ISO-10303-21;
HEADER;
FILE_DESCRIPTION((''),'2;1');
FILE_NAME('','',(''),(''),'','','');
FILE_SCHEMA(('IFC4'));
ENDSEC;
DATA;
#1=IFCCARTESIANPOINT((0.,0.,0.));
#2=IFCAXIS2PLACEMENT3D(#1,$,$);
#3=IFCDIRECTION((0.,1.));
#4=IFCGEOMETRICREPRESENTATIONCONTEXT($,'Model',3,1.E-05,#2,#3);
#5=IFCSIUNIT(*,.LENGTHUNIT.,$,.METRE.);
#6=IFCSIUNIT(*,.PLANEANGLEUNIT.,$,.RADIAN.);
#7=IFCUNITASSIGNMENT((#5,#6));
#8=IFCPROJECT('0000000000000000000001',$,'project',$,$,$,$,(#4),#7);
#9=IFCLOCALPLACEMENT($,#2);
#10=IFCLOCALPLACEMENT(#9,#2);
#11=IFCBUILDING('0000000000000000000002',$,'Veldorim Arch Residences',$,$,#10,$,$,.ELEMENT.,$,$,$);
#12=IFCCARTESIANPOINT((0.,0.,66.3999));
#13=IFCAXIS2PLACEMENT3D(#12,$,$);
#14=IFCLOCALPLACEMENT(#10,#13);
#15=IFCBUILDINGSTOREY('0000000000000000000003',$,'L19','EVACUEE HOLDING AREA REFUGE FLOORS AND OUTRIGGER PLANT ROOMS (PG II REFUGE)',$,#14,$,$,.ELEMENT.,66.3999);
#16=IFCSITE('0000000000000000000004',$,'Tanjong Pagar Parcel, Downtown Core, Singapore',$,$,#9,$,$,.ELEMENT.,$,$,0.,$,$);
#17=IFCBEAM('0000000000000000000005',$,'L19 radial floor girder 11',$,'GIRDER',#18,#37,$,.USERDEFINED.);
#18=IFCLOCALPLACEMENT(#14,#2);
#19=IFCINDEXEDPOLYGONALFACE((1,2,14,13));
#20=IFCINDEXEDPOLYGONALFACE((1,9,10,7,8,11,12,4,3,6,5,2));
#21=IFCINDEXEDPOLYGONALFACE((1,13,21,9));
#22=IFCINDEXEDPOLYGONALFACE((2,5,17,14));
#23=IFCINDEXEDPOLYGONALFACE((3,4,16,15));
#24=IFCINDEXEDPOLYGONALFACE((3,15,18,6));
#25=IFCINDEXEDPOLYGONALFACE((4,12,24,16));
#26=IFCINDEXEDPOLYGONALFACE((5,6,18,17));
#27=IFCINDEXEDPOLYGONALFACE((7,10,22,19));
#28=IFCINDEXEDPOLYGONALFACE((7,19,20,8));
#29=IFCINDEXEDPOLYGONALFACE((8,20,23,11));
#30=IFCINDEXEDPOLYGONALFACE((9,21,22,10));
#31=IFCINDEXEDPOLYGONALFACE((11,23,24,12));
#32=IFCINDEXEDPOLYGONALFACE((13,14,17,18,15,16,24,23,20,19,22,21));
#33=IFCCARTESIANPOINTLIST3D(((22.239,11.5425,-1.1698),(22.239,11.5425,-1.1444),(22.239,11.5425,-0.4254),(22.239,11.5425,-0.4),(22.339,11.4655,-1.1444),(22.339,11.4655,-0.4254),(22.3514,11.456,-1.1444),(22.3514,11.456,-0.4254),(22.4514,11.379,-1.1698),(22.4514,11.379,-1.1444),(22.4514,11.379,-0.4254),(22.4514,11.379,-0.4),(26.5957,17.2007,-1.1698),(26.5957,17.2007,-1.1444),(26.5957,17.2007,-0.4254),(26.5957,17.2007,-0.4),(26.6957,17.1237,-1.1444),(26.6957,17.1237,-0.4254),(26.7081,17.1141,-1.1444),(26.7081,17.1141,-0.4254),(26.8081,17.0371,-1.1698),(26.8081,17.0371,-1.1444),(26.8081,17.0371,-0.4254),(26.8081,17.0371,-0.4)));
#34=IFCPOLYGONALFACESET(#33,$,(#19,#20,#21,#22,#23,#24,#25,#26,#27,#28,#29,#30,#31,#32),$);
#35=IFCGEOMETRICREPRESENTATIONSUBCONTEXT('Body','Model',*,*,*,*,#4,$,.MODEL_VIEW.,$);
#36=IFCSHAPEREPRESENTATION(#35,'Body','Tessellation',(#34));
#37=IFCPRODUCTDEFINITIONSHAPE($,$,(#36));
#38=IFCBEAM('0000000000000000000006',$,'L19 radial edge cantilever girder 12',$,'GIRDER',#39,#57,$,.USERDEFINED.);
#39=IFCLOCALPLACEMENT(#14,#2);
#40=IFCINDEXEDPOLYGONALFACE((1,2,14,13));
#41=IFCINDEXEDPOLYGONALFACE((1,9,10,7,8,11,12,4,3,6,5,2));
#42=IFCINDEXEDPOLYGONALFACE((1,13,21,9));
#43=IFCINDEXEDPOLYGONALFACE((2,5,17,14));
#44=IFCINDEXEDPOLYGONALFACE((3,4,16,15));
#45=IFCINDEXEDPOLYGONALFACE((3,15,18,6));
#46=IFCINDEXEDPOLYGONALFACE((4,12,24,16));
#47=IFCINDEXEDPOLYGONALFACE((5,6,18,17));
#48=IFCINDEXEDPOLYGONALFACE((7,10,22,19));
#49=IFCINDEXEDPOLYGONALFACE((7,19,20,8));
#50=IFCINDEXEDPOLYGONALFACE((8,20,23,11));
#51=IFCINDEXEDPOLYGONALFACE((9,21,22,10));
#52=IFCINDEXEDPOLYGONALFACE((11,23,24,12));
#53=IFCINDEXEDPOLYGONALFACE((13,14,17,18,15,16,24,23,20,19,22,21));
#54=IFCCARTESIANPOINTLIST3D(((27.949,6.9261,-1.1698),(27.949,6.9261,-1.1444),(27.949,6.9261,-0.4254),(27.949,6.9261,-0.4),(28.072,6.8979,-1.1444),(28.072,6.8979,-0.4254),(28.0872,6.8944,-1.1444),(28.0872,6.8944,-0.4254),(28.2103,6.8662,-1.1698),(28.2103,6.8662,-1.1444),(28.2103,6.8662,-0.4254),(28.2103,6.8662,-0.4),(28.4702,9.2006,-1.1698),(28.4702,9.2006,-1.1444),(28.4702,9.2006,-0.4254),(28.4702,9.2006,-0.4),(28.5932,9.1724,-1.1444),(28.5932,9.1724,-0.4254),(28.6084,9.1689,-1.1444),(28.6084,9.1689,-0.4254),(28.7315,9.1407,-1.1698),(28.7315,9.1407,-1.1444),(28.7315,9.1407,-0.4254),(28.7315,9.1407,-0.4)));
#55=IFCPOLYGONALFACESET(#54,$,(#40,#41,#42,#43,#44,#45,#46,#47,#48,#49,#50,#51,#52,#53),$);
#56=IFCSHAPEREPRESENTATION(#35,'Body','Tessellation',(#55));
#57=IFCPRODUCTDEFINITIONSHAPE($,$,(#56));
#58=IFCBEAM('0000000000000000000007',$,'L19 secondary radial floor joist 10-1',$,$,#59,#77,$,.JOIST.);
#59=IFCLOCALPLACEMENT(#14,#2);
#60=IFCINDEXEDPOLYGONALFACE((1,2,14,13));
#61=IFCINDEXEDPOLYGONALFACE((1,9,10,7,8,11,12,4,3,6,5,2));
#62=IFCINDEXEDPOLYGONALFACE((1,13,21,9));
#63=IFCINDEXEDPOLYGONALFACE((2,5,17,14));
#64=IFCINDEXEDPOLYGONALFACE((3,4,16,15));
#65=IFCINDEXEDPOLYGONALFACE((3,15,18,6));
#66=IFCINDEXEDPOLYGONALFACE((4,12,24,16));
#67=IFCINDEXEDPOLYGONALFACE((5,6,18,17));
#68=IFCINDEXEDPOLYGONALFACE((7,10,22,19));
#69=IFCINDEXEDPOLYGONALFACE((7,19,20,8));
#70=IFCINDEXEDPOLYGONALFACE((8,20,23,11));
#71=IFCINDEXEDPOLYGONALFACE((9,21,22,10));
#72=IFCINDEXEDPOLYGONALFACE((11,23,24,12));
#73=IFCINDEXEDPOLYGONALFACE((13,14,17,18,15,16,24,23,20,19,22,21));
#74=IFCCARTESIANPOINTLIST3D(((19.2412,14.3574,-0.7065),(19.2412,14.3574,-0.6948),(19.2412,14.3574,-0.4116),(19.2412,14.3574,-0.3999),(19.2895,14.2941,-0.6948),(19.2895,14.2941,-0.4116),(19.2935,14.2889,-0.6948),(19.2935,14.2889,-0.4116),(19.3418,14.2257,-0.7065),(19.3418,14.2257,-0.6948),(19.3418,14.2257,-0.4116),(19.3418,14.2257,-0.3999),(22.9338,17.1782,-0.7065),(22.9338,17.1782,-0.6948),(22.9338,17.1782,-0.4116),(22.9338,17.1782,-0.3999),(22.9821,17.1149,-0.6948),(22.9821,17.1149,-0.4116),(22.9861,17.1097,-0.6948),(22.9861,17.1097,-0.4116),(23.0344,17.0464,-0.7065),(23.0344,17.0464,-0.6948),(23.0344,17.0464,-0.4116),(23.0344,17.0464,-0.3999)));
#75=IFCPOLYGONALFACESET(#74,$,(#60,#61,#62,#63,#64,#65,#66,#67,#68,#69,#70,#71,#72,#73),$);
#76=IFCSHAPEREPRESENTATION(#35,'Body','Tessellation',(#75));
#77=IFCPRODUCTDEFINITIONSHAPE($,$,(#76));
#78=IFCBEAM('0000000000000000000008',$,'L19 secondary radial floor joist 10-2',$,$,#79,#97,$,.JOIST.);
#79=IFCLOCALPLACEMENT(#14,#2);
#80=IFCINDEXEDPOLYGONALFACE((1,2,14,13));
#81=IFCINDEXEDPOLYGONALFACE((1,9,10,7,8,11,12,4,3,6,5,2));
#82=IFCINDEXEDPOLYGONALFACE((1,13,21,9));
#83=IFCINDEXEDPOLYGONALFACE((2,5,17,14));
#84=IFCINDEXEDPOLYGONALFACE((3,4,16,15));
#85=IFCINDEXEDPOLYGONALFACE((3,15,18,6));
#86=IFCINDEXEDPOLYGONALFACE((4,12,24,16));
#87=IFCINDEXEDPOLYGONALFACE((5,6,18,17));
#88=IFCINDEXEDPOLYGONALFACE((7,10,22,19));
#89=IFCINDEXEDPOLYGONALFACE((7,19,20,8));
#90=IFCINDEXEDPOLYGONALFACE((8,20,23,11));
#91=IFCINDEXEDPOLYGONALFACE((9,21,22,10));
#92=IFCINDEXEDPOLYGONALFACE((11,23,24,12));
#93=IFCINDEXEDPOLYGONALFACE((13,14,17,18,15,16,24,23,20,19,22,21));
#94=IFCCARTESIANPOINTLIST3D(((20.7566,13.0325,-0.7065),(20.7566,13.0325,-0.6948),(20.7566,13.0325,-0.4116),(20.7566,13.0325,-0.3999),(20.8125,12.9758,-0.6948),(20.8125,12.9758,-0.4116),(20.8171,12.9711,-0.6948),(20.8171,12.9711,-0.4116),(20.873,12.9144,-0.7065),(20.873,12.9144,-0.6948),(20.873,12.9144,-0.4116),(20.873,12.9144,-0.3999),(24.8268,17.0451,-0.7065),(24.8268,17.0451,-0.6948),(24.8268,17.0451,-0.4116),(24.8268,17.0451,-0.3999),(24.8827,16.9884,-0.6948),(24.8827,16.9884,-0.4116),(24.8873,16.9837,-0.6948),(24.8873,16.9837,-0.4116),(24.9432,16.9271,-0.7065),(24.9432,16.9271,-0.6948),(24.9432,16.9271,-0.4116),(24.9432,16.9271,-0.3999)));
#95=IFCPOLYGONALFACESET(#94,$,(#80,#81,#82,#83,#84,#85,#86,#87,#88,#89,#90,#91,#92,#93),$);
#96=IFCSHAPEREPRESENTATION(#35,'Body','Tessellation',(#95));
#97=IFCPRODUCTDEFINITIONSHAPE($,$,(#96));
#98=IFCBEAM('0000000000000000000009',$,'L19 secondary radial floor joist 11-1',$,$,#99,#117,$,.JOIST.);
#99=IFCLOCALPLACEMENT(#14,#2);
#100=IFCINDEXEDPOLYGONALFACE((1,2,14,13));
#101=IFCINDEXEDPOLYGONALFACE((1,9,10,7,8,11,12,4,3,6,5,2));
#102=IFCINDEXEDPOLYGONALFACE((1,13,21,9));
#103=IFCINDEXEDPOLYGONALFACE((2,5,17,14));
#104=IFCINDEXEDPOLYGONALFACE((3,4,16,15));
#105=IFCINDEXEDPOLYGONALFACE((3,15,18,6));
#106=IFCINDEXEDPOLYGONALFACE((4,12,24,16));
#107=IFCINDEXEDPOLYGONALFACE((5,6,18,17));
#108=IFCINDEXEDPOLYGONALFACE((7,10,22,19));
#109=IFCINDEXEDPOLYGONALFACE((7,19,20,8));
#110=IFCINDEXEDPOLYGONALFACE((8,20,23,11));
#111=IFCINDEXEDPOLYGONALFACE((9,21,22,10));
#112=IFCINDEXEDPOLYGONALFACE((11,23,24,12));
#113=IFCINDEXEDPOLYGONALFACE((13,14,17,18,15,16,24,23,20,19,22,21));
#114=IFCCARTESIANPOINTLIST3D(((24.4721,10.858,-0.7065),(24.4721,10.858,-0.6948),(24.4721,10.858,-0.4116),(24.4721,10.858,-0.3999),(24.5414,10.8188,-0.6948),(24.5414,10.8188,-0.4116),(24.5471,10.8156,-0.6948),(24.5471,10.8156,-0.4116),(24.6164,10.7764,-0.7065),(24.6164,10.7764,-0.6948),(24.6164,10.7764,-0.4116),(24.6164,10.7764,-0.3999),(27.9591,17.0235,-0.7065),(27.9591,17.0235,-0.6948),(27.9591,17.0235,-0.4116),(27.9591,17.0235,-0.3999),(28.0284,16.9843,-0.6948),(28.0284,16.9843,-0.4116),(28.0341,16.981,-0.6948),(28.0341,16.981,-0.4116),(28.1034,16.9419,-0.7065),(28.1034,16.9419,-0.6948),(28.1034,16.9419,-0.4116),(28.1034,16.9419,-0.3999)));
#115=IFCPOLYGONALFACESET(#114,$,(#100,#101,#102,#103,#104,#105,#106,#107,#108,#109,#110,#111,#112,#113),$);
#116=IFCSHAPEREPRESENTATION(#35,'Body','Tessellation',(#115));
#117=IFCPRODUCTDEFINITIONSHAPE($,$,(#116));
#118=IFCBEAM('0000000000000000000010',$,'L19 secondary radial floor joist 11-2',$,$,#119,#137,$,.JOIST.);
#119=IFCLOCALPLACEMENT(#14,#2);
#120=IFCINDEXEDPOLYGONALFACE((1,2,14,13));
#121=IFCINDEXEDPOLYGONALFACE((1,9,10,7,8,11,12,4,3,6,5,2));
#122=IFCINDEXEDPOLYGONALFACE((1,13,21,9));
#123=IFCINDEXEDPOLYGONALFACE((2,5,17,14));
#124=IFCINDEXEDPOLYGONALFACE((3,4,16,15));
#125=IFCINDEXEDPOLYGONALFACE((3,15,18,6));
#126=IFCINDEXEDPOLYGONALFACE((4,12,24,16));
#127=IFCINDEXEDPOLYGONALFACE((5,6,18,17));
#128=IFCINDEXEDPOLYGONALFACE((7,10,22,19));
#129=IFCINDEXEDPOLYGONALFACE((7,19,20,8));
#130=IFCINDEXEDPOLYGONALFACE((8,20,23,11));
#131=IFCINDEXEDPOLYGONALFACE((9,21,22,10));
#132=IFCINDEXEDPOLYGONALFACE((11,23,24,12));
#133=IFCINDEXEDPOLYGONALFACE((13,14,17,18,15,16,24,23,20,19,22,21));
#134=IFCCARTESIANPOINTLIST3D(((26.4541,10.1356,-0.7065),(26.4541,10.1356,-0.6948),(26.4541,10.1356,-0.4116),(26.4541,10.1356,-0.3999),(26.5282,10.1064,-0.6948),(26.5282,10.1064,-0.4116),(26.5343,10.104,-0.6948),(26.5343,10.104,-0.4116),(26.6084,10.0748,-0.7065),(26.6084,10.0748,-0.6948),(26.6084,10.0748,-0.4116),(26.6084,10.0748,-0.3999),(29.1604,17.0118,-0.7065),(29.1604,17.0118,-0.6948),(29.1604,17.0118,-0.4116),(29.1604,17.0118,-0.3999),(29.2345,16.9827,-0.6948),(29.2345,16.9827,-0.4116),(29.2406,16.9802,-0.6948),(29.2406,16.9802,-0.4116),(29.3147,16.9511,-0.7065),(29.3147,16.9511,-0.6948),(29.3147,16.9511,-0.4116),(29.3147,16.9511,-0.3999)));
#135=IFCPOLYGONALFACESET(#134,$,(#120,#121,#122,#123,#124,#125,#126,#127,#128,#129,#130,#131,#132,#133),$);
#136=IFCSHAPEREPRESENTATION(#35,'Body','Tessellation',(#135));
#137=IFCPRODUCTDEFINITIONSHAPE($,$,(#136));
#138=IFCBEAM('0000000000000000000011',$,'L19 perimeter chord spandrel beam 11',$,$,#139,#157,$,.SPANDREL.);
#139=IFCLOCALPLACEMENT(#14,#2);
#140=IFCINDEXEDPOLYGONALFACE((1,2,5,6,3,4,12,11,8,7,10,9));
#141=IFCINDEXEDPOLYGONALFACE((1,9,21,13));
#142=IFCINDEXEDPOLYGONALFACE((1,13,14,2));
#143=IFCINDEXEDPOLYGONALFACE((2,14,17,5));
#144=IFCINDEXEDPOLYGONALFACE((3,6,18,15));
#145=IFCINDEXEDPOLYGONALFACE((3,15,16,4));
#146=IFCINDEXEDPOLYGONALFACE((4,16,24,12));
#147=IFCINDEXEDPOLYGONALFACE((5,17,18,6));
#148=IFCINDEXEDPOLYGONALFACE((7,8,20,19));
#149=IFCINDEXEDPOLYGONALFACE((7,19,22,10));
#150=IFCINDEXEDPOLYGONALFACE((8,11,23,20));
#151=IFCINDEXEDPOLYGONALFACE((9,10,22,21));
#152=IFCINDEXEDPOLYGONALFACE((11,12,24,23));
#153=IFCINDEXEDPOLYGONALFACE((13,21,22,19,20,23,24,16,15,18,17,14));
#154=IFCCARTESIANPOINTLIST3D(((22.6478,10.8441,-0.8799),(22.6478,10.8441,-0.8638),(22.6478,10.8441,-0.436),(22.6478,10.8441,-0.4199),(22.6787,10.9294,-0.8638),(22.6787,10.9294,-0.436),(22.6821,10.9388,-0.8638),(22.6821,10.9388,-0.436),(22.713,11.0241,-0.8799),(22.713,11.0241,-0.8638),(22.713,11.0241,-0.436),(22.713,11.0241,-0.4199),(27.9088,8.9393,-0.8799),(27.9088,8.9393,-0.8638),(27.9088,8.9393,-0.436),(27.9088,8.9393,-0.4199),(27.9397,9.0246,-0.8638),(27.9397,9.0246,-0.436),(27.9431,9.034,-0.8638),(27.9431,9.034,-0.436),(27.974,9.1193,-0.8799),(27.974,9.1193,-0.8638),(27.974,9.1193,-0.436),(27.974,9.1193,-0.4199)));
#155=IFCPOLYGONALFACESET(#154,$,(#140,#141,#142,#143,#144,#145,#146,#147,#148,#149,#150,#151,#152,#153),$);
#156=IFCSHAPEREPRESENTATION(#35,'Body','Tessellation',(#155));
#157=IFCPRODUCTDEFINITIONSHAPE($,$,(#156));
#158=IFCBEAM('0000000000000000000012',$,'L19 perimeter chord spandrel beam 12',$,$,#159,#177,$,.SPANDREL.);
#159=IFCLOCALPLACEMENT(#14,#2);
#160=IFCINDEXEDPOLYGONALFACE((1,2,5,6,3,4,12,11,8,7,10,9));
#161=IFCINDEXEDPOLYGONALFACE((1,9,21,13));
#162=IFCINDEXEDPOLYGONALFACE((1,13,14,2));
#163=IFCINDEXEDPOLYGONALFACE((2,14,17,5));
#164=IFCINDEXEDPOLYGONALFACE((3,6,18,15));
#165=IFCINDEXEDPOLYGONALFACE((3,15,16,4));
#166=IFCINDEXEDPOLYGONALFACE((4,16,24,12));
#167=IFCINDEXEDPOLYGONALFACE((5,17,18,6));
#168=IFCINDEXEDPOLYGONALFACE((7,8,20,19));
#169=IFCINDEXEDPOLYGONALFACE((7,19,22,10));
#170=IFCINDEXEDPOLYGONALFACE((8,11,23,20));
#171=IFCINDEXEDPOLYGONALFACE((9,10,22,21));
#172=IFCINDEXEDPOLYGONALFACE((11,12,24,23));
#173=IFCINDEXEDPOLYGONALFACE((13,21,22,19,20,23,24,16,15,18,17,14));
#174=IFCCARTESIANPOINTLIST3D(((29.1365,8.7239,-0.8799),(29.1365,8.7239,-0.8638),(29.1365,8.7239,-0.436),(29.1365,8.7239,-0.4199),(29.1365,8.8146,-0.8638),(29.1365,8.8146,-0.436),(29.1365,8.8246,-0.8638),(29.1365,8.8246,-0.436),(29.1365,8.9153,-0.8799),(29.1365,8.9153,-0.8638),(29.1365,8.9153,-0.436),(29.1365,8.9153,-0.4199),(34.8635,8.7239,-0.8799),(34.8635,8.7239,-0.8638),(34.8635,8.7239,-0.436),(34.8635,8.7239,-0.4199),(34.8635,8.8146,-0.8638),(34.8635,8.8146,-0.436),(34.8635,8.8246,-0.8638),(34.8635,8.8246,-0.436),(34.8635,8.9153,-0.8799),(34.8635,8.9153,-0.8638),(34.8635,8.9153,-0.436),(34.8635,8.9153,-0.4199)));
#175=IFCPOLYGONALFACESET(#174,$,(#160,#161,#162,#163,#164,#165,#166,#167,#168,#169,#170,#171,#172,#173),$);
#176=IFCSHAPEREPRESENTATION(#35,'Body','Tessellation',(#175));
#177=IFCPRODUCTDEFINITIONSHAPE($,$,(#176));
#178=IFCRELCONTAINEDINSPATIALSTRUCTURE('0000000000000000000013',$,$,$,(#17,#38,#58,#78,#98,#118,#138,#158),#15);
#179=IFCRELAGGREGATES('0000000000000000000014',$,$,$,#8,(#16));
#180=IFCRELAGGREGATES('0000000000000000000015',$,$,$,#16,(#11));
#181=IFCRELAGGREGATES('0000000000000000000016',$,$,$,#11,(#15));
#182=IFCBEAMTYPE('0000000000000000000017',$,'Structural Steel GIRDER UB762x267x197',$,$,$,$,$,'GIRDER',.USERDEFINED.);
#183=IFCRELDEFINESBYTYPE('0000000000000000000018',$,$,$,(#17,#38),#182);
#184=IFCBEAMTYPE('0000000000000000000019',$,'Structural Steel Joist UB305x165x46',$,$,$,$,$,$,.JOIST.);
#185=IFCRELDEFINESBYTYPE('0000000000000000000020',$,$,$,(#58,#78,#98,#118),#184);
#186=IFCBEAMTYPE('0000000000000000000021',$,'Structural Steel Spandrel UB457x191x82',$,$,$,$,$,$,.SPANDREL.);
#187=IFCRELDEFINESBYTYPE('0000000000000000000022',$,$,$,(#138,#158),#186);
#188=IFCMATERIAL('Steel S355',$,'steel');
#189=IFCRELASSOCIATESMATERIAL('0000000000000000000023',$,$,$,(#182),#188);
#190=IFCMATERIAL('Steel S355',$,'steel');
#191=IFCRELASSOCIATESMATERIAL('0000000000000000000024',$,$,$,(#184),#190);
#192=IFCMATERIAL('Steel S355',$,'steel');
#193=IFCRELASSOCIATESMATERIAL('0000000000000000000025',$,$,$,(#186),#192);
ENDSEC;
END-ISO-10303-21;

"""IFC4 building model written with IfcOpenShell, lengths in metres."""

from ifc_helpers import new_model, si_unit, direction, frame, origin, origin_2d, place, context, subcontext, project, spatial, i_section, extrude, material, material_profile, profile_set, type_object, element, save


model = new_model("IFC4")

# Units and contexts
model_context = context("Model", 3, precision=1e-05, world=origin(), true_north=direction((0.0, 1.0)))
body_context = subcontext(model_context, "Body", "Model", "MODEL_VIEW")
ifc_project = project(units=[si_unit("LENGTHUNIT", "METRE"), si_unit("PLANEANGLEUNIT", "RADIAN")], contexts=[model_context])

# Site, building, storey
site_placement = place(None, origin())
site = spatial("IfcSite", under=ifc_project, at=site_placement, Name="Tanjong Pagar Parcel, Downtown Core, Singapore", CompositionType="ELEMENT", RefElevation=0.0)
building_placement = place(site_placement, origin())
building = spatial("IfcBuilding", under=site, at=building_placement, Name="Veldorim Arch Residences", CompositionType="ELEMENT")
storey_placement = place(building_placement, frame((0.0, 0.0, 66.3999)))
storey = spatial("IfcBuildingStorey", under=building, at=storey_placement, Name="L19", Description="EVACUEE HOLDING AREA REFUGE FLOORS AND OUTRIGGER PLANT ROOMS (PG II REFUGE)", CompositionType="ELEMENT", Elevation=66.3999)

# Beams
ifc_material_1 = material(Name="Steel S355", Category="steel")
ifc_material_profile_1 = material_profile(ifc_material_1, i_section(OverallWidth=0.2681, OverallDepth=0.7698, WebThickness=0.0156, FlangeThickness=0.0254, at=origin_2d()), Name="UB762x267x197")
ifc_profile_set_1 = profile_set([ifc_material_profile_1], Name="Steel S355")
beam_type_1 = type_object("IfcBeamType", Name="Structural Steel GIRDER UB762x267x197", ElementType="GIRDER", PredefinedType="USERDEFINED", material=ifc_profile_set_1)
beam_1_placement = place(storey_placement, frame((26.7019, 17.1189, -0.7849), z_axis=(-0.610082, -0.792338, 0.0), x_axis=(0.792338, -0.610082, 0.0)))
element("IfcBeam", 1, at=beam_1_placement, inside=storey, type_object=beam_type_1, Name="L19 radial floor girder 11", ObjectType="GIRDER", PredefinedType="USERDEFINED", context=body_context, shape_type="SweptSolid", body=[
    extrude(i_section(OverallWidth=0.2681, OverallDepth=0.7698, WebThickness=0.0156, FlangeThickness=0.0254, at=origin_2d()), origin(), (0.0, 0.0, 1.0), 7.1411),
])
beam_2_placement = place(storey_placement, frame((28.6008, 9.1707, -0.7849), z_axis=(-0.223362, -0.974736, 0.0), x_axis=(0.974736, -0.223362, 0.0)))
element("IfcBeam", 2, at=beam_2_placement, inside=storey, type_object=beam_type_1, Name="L19 radial edge cantilever girder 12", ObjectType="GIRDER", PredefinedType="USERDEFINED", context=body_context, shape_type="SweptSolid", body=[
    extrude(i_section(OverallWidth=0.2681, OverallDepth=0.7698, WebThickness=0.0156, FlangeThickness=0.0254, at=origin_2d()), origin(), (0.0, 0.0, 1.0), 2.3335),
])
ifc_material_2 = material(Name="Steel S355", Category="steel")
ifc_material_profile_2 = material_profile(ifc_material_2, i_section(OverallWidth=0.1658, OverallDepth=0.3066, WebThickness=0.0066, FlangeThickness=0.0117, at=origin_2d()), Name="UB305x165x46")
ifc_profile_set_2 = profile_set([ifc_material_profile_2], Name="Steel S355")
beam_type_2 = type_object("IfcBeamType", Name="Structural Steel Joist UB305x165x46", PredefinedType="JOIST", material=ifc_profile_set_2)
beam_3_placement = place(storey_placement, frame((22.9841, 17.1123, -0.5532), z_axis=(-0.794666, -0.607046, 0.0), x_axis=(0.607046, -0.794666, 0.0)))
element("IfcBeam", 3, at=beam_3_placement, inside=storey, type_object=beam_type_2, Name="L19 secondary radial floor joist 10-1", PredefinedType="JOIST", context=body_context, shape_type="SweptSolid", body=[
    extrude(i_section(OverallWidth=0.1658, OverallDepth=0.3066, WebThickness=0.0066, FlangeThickness=0.0117, at=origin_2d()), origin(), (0.0, 0.0, 1.0), 4.6467),
])
beam_4_placement = place(storey_placement, frame((24.885, 16.9861, -0.5532), z_axis=(-0.712129, -0.702049, 0.0), x_axis=(0.702049, -0.712129, 0.0)))
element("IfcBeam", 4, at=beam_4_placement, inside=storey, type_object=beam_type_2, Name="L19 secondary radial floor joist 10-2", PredefinedType="JOIST", context=body_context, shape_type="SweptSolid", body=[
    extrude(i_section(OverallWidth=0.1658, OverallDepth=0.3066, WebThickness=0.0066, FlangeThickness=0.0117, at=origin_2d()), origin(), (0.0, 0.0, 1.0), 5.7156),
])
beam_5_placement = place(storey_placement, frame((28.0312, 16.9827, -0.5532), z_axis=(-0.492292, -0.87043, 0.0), x_axis=(0.87043, -0.492292, 0.0)))
element("IfcBeam", 5, at=beam_5_placement, inside=storey, type_object=beam_type_2, Name="L19 secondary radial floor joist 11-1", PredefinedType="JOIST", context=body_context, shape_type="SweptSolid", body=[
    extrude(i_section(OverallWidth=0.1658, OverallDepth=0.3066, WebThickness=0.0066, FlangeThickness=0.0117, at=origin_2d()), origin(), (0.0, 0.0, 1.0), 7.0833),
])
beam_6_placement = place(storey_placement, frame((29.2375, 16.9814, -0.5532), z_axis=(-0.36623, -0.930524, 0.0), x_axis=(0.930524, -0.36623, 0.0)))
element("IfcBeam", 6, at=beam_6_placement, inside=storey, type_object=beam_type_2, Name="L19 secondary radial floor joist 11-2", PredefinedType="JOIST", context=body_context, shape_type="SweptSolid", body=[
    extrude(i_section(OverallWidth=0.1658, OverallDepth=0.3066, WebThickness=0.0066, FlangeThickness=0.0117, at=origin_2d()), origin(), (0.0, 0.0, 1.0), 7.3896),
])
ifc_material_3 = material(Name="Steel S355", Category="steel")
ifc_material_profile_3 = material_profile(ifc_material_3, i_section(OverallWidth=0.1914, OverallDepth=0.46, WebThickness=0.01, FlangeThickness=0.0161, at=origin_2d()), Name="UB457x191x82")
ifc_profile_set_3 = profile_set([ifc_material_profile_3], Name="Steel S355")
beam_type_3 = type_object("IfcBeamType", Name="Structural Steel Spandrel UB457x191x82", PredefinedType="SPANDREL", material=ifc_profile_set_3)
beam_7_placement = place(storey_placement, frame((22.6804, 10.9341, -0.6499), z_axis=(0.940269, -0.340432, 0.0), x_axis=(0.340432, 0.940269, 0.0)))
element("IfcBeam", 7, at=beam_7_placement, inside=storey, type_object=beam_type_3, Name="L19 perimeter chord spandrel beam 11", PredefinedType="SPANDREL", context=body_context, shape_type="SweptSolid", body=[
    extrude(i_section(OverallWidth=0.1914, OverallDepth=0.46, WebThickness=0.01, FlangeThickness=0.0161, at=origin_2d()), origin(), (0.0, 0.0, 1.0), 5.5952),
])
beam_8_placement = place(storey_placement, frame((29.1365, 8.8196, -0.6499), z_axis=(1.0, 0.0, 0.0), x_axis=(0.0, 1.0, 0.0)))
element("IfcBeam", 8, at=beam_8_placement, inside=storey, type_object=beam_type_3, Name="L19 perimeter chord spandrel beam 12", PredefinedType="SPANDREL", context=body_context, shape_type="SweptSolid", body=[
    extrude(i_section(OverallWidth=0.1914, OverallDepth=0.46, WebThickness=0.01, FlangeThickness=0.0161, at=origin_2d()), origin(), (0.0, 0.0, 1.0), 5.7271),
])

save(model, "model.ifc")
